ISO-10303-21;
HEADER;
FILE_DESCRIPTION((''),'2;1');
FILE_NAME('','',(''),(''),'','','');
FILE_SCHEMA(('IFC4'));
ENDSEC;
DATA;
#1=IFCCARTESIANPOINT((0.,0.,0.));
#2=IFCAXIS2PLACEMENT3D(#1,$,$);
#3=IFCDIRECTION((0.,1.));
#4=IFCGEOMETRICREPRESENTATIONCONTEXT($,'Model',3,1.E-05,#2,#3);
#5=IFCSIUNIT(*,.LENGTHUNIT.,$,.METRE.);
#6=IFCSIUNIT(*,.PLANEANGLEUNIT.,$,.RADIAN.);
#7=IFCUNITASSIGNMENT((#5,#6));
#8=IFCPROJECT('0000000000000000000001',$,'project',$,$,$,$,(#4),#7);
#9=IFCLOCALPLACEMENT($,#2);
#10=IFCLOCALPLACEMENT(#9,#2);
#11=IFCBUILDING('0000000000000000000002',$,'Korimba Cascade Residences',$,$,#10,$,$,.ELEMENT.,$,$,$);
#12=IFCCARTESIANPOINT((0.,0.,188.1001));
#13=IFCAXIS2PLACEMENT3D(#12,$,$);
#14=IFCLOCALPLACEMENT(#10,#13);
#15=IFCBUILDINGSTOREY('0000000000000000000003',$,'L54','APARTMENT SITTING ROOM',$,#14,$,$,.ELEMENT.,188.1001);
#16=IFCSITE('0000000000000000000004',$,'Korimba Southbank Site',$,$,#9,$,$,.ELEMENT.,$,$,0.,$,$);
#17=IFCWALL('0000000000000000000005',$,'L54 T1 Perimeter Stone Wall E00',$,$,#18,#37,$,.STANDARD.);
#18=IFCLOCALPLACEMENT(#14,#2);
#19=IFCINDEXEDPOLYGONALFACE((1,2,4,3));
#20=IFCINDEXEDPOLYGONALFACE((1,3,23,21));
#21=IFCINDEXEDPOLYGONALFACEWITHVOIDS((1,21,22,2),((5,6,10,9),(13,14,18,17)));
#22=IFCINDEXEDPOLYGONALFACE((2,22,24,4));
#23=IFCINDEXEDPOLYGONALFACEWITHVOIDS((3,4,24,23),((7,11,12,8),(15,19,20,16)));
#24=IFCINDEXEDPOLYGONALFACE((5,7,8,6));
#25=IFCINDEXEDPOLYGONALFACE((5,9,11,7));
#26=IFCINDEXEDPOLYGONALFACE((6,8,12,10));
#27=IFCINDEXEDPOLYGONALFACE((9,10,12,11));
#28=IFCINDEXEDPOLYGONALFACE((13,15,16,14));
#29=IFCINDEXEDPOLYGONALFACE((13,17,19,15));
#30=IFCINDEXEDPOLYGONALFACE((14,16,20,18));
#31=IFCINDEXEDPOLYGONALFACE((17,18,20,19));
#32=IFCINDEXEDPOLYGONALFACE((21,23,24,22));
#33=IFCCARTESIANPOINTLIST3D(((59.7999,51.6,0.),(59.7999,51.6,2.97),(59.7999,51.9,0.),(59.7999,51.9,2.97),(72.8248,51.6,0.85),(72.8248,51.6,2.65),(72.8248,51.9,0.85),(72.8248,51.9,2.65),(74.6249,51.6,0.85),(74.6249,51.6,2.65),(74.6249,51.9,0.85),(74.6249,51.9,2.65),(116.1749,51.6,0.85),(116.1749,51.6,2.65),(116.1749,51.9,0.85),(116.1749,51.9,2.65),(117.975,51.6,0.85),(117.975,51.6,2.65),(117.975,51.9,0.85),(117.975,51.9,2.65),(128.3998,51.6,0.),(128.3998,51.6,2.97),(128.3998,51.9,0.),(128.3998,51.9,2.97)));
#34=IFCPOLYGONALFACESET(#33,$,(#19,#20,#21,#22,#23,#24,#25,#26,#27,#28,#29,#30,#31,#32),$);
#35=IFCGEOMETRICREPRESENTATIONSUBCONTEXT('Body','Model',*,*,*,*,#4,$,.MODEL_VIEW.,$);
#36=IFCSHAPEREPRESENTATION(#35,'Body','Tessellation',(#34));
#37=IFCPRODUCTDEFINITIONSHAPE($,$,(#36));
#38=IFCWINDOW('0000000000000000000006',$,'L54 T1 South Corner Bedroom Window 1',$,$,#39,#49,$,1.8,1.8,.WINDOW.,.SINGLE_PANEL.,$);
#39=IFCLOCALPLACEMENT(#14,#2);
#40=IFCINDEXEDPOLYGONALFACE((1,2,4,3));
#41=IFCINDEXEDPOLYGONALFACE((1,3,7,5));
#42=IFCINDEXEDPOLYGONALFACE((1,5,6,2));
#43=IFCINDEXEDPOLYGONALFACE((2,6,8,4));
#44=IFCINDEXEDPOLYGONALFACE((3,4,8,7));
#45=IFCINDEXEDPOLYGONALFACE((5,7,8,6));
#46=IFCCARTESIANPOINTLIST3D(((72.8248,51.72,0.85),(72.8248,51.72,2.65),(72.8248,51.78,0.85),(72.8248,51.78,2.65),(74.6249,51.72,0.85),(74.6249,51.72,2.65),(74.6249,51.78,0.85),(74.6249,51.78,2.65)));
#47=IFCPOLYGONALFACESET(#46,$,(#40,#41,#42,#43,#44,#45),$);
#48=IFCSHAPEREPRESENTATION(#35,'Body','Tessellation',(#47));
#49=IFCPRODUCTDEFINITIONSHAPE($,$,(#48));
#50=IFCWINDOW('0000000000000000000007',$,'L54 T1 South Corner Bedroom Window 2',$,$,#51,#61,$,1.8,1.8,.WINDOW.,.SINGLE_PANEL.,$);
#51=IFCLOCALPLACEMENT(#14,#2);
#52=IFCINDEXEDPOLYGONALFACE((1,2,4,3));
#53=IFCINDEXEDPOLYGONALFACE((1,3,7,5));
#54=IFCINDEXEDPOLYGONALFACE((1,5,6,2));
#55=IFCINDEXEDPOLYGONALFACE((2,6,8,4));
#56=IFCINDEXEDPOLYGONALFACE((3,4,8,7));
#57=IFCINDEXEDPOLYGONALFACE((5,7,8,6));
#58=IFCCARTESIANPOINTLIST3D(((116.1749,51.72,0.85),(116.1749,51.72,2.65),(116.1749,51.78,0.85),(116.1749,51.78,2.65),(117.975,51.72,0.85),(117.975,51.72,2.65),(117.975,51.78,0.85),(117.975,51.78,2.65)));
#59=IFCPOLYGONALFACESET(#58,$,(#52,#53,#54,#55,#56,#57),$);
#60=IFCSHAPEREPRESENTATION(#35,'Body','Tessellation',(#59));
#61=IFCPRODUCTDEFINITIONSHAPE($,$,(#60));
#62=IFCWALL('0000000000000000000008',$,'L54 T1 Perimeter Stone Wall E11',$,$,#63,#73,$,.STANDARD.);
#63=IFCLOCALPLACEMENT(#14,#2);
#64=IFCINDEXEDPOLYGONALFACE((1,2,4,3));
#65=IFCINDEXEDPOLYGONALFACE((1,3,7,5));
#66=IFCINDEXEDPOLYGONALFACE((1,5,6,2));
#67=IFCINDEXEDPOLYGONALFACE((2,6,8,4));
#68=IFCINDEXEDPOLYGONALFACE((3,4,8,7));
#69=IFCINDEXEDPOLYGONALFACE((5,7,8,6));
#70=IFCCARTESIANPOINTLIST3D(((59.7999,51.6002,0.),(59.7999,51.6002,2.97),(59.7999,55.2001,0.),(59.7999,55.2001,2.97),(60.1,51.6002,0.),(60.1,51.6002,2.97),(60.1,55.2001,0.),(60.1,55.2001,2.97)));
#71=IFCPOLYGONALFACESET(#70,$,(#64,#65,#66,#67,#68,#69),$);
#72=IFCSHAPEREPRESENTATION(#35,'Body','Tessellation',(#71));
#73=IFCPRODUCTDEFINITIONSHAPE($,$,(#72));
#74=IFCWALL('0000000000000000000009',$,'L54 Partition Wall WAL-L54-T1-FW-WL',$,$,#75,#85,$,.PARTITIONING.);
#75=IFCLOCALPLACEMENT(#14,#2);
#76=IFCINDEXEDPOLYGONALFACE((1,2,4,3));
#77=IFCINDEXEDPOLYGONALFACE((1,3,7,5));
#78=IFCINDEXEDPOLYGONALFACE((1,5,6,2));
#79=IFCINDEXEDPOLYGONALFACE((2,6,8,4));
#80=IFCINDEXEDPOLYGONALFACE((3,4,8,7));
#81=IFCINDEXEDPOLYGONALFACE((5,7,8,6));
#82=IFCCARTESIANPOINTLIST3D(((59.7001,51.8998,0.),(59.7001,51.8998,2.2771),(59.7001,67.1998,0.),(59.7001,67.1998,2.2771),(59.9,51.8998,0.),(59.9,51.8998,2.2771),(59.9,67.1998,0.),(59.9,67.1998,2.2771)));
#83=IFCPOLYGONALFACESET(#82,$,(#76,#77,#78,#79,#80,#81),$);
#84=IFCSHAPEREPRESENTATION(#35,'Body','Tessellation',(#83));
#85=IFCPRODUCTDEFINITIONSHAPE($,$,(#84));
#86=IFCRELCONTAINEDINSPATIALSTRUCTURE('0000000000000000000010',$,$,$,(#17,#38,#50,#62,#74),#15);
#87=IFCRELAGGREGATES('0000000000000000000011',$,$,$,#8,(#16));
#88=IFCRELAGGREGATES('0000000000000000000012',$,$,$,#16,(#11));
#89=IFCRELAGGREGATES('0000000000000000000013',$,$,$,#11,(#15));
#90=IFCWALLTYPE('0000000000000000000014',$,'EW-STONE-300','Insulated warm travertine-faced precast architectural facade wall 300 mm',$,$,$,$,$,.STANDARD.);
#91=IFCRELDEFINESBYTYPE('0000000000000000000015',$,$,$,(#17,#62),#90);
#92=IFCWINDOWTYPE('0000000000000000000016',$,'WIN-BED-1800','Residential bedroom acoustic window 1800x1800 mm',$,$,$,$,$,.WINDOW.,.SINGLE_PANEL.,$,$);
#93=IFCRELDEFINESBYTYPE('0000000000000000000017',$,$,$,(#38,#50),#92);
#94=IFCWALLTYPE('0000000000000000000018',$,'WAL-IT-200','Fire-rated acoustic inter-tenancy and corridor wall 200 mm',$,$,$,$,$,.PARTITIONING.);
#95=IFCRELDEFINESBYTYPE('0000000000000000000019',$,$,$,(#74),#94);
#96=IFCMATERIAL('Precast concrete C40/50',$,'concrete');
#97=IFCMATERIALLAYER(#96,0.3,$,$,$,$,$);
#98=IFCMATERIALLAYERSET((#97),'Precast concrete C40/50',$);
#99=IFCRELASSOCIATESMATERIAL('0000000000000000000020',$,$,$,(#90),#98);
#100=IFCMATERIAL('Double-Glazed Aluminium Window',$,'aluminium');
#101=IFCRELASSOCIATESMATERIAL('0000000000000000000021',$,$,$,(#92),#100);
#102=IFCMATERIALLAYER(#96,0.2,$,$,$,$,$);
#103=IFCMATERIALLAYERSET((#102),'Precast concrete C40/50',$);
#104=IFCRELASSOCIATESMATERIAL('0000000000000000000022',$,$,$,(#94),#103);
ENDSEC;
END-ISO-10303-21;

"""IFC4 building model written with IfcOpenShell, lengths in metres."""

from ifc_helpers import new_model, si_unit, direction, frame, frame_2d, origin, place, context, subcontext, project, spatial, rectangle, extrude, material, layer, layer_set, type_object, element, fill, save


model = new_model("IFC4")

# Units and contexts
model_context = context("Model", 3, precision=1e-05, world=origin(), true_north=direction((0.0, 1.0)))
body_context = subcontext(model_context, "Body", "Model", "MODEL_VIEW")
ifc_project = project(units=[si_unit("LENGTHUNIT", "METRE"), si_unit("PLANEANGLEUNIT", "RADIAN")], contexts=[model_context])

# Site, building, storey
site_placement = place(None, origin())
site = spatial("IfcSite", under=ifc_project, at=site_placement, Name="Korimba Southbank Site", CompositionType="ELEMENT", RefElevation=0.0)
building_placement = place(site_placement, origin())
building = spatial("IfcBuilding", under=site, at=building_placement, Name="Korimba Cascade Residences", CompositionType="ELEMENT")
storey_placement = place(building_placement, frame((0.0, 0.0, 188.1001)))
storey = spatial("IfcBuildingStorey", under=building, at=storey_placement, Name="L54", Description="APARTMENT SITTING ROOM", CompositionType="ELEMENT", Elevation=188.1001)

# Shared definitions
ifc_material_1 = material(Name="Precast concrete C40/50", Category="concrete")

# Wall, openings, windows
ifc_layer_1 = layer(ifc_material_1, 0.3)
ifc_layer_set_1 = layer_set([ifc_layer_1], Name="Precast concrete C40/50")
wall_type_1 = type_object("IfcWallType", Name="EW-STONE-300", Description="Insulated warm travertine-faced precast architectural facade wall 300 mm", PredefinedType="STANDARD", material=ifc_layer_set_1)
wall_1_placement = place(storey_placement, frame((59.8, 51.75, 0.0), z_axis=(0.0, 0.0, 1.0), x_axis=(1.0, 0.0, 0.0)))
wall_1 = element("IfcWall", 1, at=wall_1_placement, inside=storey, type_object=wall_type_1, Name="L54 T1 Perimeter Stone Wall E00", PredefinedType="STANDARD", context=body_context, shape_type="SweptSolid", body=[
    extrude(rectangle(XDim=68.5999, YDim=0.3, at=frame_2d((34.2998, 0.0))), origin(), (0.0, 0.0, 1.0), 2.97),
])
opening_1_placement = place(wall_1_placement, frame((13.0249, 0.0, 0.8501)))
opening_1 = element("IfcOpeningElement", 2, at=opening_1_placement, cuts=wall_1, PredefinedType="OPENING", context=body_context, shape_type="SweptSolid", body=[
    extrude(rectangle(XDim=1.8, YDim=1.8, at=frame_2d((0.8999, 0.8999))), frame((0.0, 0.1602, 0.0), z_axis=(0.0, -1.0, 0.0), x_axis=(1.0, 0.0, 0.0)), (0.0, 0.0, 1.0), 0.3201),
])
opening_2_placement = place(wall_1_placement, frame((56.375, 0.0, 0.8501)))
opening_2 = element("IfcOpeningElement", 3, at=opening_2_placement, cuts=wall_1, PredefinedType="OPENING", context=body_context, shape_type="SweptSolid", body=[
    extrude(rectangle(XDim=1.8, YDim=1.8, at=frame_2d((0.8999, 0.8999))), frame((0.0, 0.1602, 0.0), z_axis=(0.0, -1.0, 0.0), x_axis=(1.0, 0.0, 0.0)), (0.0, 0.0, 1.0), 0.3201),
])
ifc_material_2 = material(Name="Double-Glazed Aluminium Window", Category="aluminium")
window_type = type_object("IfcWindowType", Name="WIN-BED-1800", Description="Residential bedroom acoustic window 1800x1800 mm", PartitioningType="SINGLE_PANEL", PredefinedType="WINDOW", material=ifc_material_2)
window_1_placement = place(opening_1_placement, origin())
window_1 = element("IfcWindow", 4, at=window_1_placement, inside=storey, type_object=window_type, Name="L54 T1 South Corner Bedroom Window 1", OverallHeight=1.8, OverallWidth=1.8, PartitioningType="SINGLE_PANEL", PredefinedType="WINDOW", context=body_context, shape_type="SweptSolid", body=[
    extrude(rectangle(XDim=1.8, YDim=1.8, at=frame_2d((0.8999, 0.8999))), frame((0.0, 0.03, 0.0), z_axis=(0.0, -1.0, 0.0), x_axis=(1.0, 0.0, 0.0)), (0.0, 0.0, 1.0), 0.0601),
])
fill(opening_1, window_1)
window_2_placement = place(opening_2_placement, origin())
window_2 = element("IfcWindow", 5, at=window_2_placement, inside=storey, type_object=window_type, Name="L54 T1 South Corner Bedroom Window 2", OverallHeight=1.8, OverallWidth=1.8, PartitioningType="SINGLE_PANEL", PredefinedType="WINDOW", context=body_context, shape_type="SweptSolid", body=[
    extrude(rectangle(XDim=1.8, YDim=1.8, at=frame_2d((0.8999, 0.8999))), frame((0.0, 0.03, 0.0), z_axis=(0.0, -1.0, 0.0), x_axis=(1.0, 0.0, 0.0)), (0.0, 0.0, 1.0), 0.0601),
])
fill(opening_2, window_2)

# Walls
wall_2_placement = place(storey_placement, frame((59.95, 55.2, 0.0), z_axis=(0.0, 0.0, 1.0), x_axis=(0.0, -1.0, 0.0)))
element("IfcWall", 6, at=wall_2_placement, inside=storey, type_object=wall_type_1, Name="L54 T1 Perimeter Stone Wall E11", PredefinedType="STANDARD", context=body_context, shape_type="SweptSolid", body=[
    extrude(rectangle(XDim=3.5999, YDim=0.3, at=frame_2d((1.7998, 0.0))), origin(), (0.0, 0.0, 1.0), 2.97),
])
ifc_layer_2 = layer(ifc_material_1, 0.2)
ifc_layer_set_2 = layer_set([ifc_layer_2], Name="Precast concrete C40/50")
wall_type_2 = type_object("IfcWallType", Name="WAL-IT-200", Description="Fire-rated acoustic inter-tenancy and corridor wall 200 mm", PredefinedType="PARTITIONING", material=ifc_layer_set_2)
wall_3_placement = place(storey_placement, frame((59.8, 51.8999, 0.0), z_axis=(0.0, 0.0, 1.0), x_axis=(0.0, 1.0, 0.0)))
element("IfcWall", 7, at=wall_3_placement, inside=storey, type_object=wall_type_2, Name="L54 Partition Wall WAL-L54-T1-FW-WL", PredefinedType="PARTITIONING", context=body_context, shape_type="SweptSolid", body=[
    extrude(rectangle(XDim=15.3, YDim=0.2, at=frame_2d((7.6499, 0.0))), origin(), (0.0, 0.0, 1.0), 2.2771),
])

save(model, "model.ifc")
